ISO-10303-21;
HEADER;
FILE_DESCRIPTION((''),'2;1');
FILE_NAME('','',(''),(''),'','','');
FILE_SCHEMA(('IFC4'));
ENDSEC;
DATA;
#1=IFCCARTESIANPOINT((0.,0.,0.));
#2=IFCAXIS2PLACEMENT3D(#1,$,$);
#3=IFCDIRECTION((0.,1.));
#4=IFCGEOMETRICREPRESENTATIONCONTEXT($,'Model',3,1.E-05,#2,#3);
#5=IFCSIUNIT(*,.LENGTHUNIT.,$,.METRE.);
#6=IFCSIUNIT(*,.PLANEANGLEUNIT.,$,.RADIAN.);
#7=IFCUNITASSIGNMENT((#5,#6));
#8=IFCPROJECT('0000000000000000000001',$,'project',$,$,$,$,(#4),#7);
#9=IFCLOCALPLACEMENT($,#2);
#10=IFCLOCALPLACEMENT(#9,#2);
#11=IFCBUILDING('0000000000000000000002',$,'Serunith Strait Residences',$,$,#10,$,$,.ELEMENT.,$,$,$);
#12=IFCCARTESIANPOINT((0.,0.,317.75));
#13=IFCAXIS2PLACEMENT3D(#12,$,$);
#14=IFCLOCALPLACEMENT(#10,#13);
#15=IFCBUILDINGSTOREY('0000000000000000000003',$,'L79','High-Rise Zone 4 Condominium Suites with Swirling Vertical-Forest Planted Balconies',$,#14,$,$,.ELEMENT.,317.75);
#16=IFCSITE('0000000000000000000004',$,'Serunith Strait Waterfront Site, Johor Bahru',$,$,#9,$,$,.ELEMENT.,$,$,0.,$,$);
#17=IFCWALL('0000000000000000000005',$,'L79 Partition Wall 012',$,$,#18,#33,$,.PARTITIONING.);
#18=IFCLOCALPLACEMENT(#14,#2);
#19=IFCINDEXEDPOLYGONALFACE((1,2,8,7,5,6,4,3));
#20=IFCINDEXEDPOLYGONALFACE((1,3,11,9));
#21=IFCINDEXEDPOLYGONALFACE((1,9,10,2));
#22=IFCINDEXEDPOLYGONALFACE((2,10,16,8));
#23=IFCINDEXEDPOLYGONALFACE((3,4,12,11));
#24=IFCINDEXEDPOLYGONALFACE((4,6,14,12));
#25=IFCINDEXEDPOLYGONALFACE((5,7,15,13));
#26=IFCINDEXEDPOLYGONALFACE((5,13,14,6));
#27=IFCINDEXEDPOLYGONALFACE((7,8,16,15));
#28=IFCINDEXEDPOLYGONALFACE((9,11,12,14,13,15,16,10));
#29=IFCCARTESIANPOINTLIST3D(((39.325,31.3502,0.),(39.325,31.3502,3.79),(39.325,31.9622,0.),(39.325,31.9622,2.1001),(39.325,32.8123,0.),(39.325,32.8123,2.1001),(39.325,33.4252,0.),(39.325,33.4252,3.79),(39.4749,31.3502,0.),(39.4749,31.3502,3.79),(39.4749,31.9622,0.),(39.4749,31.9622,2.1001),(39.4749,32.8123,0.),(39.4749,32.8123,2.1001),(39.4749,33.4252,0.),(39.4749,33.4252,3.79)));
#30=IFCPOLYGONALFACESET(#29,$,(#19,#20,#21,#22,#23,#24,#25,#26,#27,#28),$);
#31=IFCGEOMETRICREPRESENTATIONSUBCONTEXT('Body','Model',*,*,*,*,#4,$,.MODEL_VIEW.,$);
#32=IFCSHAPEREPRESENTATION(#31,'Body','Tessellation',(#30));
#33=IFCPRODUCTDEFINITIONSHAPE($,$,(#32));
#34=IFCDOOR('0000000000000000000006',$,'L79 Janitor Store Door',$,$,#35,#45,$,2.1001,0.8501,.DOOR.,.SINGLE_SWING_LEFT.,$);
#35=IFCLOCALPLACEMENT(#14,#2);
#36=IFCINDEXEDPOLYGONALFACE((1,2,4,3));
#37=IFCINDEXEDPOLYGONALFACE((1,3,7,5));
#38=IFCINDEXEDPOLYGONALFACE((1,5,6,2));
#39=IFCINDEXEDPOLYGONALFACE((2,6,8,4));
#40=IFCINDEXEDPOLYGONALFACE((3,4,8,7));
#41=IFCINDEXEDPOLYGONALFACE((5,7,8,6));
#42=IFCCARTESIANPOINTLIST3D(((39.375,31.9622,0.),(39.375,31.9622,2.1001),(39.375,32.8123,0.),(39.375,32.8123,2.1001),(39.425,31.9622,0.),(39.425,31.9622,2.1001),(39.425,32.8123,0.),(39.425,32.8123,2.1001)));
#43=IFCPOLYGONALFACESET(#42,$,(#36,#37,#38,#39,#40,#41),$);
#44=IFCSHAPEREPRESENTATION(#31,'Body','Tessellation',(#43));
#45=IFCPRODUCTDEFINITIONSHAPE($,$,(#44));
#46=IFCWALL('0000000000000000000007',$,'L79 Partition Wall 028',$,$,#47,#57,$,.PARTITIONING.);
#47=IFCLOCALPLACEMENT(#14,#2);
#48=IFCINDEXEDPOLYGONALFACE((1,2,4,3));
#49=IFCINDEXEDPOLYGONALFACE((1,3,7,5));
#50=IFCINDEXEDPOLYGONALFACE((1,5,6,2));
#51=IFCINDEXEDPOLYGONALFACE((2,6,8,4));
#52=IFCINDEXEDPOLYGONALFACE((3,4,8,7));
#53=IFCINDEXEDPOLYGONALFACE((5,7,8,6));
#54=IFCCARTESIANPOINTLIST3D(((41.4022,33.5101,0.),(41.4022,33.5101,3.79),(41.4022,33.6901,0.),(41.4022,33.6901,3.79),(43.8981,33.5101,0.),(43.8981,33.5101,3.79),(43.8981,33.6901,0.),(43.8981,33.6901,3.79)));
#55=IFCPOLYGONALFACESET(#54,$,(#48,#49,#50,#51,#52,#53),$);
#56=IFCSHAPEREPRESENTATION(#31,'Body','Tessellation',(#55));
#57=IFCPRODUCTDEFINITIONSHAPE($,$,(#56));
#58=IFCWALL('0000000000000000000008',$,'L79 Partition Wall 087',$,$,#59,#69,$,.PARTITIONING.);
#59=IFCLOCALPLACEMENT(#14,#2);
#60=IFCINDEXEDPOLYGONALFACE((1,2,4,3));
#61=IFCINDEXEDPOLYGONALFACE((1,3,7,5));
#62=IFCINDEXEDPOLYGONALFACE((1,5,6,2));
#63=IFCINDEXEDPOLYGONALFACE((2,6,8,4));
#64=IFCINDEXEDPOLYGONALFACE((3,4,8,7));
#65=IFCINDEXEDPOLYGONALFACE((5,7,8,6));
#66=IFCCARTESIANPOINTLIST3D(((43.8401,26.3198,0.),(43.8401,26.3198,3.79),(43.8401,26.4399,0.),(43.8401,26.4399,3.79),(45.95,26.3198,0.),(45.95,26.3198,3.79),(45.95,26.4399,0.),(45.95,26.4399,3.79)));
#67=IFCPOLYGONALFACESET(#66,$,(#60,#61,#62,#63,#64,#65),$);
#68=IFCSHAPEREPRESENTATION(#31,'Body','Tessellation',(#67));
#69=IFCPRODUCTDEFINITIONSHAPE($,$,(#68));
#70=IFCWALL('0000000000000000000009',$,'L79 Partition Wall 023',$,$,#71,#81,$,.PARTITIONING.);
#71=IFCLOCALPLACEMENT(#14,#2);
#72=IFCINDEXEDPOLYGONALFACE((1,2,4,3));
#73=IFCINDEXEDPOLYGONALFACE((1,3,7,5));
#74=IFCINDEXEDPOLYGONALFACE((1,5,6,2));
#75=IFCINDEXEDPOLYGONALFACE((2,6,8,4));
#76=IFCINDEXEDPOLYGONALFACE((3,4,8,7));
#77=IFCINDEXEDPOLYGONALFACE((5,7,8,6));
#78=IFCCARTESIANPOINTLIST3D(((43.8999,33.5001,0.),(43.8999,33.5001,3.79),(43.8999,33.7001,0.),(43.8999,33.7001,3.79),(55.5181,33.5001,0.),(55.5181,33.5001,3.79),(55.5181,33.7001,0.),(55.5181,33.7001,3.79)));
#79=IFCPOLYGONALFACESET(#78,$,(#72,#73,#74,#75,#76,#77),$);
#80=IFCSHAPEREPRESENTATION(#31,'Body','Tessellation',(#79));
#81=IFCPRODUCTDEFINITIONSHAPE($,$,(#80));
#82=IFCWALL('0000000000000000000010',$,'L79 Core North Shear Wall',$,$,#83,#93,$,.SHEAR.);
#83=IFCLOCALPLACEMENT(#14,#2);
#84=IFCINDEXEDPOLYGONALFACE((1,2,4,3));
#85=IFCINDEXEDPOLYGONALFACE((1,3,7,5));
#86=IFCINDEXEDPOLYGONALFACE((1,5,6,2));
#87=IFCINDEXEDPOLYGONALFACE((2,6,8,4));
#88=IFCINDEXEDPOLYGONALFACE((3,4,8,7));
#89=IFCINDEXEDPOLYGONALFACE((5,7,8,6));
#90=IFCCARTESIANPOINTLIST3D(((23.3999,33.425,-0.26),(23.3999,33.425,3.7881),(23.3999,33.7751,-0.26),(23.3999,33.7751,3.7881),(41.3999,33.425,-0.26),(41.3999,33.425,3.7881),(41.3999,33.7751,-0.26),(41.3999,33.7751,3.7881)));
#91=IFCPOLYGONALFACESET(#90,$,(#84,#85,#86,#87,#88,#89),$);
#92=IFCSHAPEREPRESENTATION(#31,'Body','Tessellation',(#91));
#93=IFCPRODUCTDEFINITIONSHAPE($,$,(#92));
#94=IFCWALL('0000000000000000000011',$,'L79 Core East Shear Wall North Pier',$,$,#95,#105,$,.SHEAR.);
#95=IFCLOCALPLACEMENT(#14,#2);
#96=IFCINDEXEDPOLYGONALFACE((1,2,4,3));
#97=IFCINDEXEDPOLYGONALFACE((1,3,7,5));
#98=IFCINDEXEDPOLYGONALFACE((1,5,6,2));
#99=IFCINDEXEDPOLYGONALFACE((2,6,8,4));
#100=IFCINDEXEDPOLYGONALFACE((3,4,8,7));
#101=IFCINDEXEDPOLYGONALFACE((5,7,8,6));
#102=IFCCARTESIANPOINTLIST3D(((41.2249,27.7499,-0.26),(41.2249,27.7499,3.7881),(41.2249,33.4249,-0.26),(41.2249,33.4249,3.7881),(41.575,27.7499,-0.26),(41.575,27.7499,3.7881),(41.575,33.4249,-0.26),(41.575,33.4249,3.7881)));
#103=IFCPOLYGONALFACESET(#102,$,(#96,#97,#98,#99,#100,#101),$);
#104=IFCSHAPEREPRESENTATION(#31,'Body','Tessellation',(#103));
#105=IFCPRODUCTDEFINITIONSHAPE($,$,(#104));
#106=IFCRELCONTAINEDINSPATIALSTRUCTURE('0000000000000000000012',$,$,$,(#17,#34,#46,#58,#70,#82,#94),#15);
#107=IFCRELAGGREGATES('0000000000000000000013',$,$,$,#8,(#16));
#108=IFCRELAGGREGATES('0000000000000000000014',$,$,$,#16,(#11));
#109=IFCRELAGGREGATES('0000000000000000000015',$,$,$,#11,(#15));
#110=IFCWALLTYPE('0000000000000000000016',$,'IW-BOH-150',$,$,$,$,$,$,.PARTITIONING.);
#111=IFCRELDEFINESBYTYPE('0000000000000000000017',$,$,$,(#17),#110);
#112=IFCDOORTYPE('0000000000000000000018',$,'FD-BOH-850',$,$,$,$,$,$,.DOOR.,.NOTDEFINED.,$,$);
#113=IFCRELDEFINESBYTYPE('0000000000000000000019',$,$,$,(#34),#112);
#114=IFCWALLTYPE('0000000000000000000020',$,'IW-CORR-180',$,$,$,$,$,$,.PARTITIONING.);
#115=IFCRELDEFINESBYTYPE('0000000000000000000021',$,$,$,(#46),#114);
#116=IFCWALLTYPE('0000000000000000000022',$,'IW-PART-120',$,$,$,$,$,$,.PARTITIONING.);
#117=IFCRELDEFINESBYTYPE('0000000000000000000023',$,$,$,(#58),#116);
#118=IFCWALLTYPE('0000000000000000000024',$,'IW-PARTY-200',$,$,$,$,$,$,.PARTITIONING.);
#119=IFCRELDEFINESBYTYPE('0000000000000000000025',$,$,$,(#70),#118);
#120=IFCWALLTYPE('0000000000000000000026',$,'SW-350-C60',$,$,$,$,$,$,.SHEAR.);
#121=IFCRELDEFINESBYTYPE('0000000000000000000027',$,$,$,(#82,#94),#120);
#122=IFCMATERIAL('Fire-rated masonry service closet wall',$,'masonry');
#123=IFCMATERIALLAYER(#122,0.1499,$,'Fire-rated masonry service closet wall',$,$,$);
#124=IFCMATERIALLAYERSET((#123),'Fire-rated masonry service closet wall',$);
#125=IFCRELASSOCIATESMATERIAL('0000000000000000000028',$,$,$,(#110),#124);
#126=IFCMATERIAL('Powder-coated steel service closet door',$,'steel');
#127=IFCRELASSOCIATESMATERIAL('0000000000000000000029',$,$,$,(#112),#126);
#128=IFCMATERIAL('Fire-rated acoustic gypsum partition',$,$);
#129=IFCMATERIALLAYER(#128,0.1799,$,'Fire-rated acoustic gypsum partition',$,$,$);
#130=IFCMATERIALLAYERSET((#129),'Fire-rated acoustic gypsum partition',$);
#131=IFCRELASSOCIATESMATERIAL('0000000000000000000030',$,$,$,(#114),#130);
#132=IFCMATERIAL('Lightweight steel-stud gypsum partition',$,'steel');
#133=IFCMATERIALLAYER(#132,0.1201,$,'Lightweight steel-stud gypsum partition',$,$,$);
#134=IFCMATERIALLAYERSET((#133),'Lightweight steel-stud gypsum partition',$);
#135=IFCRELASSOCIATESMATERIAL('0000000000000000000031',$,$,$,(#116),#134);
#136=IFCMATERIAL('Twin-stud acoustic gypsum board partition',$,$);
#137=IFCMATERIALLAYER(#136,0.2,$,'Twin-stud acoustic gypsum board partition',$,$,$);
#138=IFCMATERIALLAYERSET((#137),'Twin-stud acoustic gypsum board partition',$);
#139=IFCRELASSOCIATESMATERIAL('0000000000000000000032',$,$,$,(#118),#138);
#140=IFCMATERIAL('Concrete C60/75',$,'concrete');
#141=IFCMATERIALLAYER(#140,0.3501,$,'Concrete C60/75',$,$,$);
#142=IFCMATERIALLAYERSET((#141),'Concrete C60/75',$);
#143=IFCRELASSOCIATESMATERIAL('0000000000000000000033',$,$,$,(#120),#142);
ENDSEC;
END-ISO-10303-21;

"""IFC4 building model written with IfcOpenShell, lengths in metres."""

from ifc_helpers import new_model, si_unit, direction, frame, frame_2d, origin, place, context, subcontext, project, spatial, rectangle, extrude, source, transform, mapped, material, layer, layer_set, type_object, element, fill, save


model = new_model("IFC4")

# Units and contexts
model_context = context("Model", 3, precision=1e-05, world=origin(), true_north=direction((0.0, 1.0)))
body_context = subcontext(model_context, "Body", "Model", "MODEL_VIEW")
ifc_project = project(units=[si_unit("LENGTHUNIT", "METRE"), si_unit("PLANEANGLEUNIT", "RADIAN")], contexts=[model_context])

# Site, building, storey
site_placement = place(None, origin())
site = spatial("IfcSite", under=ifc_project, at=site_placement, Name="Serunith Strait Waterfront Site, Johor Bahru", CompositionType="ELEMENT", RefElevation=0.0)
building_placement = place(site_placement, origin())
building = spatial("IfcBuilding", under=site, at=building_placement, Name="Serunith Strait Residences", CompositionType="ELEMENT")
storey_placement = place(building_placement, frame((0.0, 0.0, 317.75)))
storey = spatial("IfcBuildingStorey", under=building, at=storey_placement, Name="L79", Description="High-Rise Zone 4 Condominium Suites with Swirling Vertical-Forest Planted Balconies", CompositionType="ELEMENT", Elevation=317.75)

# Wall, opening, door
ifc_material_1 = material(Name="Fire-rated masonry service closet wall", Category="masonry")
ifc_layer_1 = layer(ifc_material_1, 0.1499, Name="Fire-rated masonry service closet wall")
ifc_layer_set_1 = layer_set([ifc_layer_1], Name="Fire-rated masonry service closet wall")
wall_type_1 = type_object("IfcWallType", Name="IW-BOH-150", PredefinedType="PARTITIONING", material=ifc_layer_set_1)
wall_1_placement = place(storey_placement, frame((39.3999, 31.3501, 0.0), z_axis=(0.0, 0.0, 1.0), x_axis=(0.0, 1.0, 0.0)))
wall_1 = element("IfcWall", 1, at=wall_1_placement, inside=storey, type_object=wall_type_1, Name="L79 Partition Wall 012", PredefinedType="PARTITIONING", context=body_context, shape_type="SweptSolid", body=[
    extrude(rectangle(XDim=2.075, YDim=0.1499, at=frame_2d((1.0376, 0.0))), origin(), (0.0, 0.0, 1.0), 3.79),
])
opening_1_placement = place(wall_1_placement, frame((0.6121, 0.0, 0.0)))
opening_1 = element("IfcOpeningElement", 2, at=opening_1_placement, cuts=wall_1, PredefinedType="OPENING", context=body_context, shape_type="SweptSolid", body=[
    extrude(rectangle(XDim=0.8501, YDim=2.1001, at=frame_2d((0.425, 1.05))), frame((0.0, 0.085, 0.0), z_axis=(0.0, -1.0, 0.0), x_axis=(1.0, 0.0, 0.0)), (0.0, 0.0, 1.0), 0.1699),
])
ifc_material_2 = material(Name="Powder-coated steel service closet door", Category="steel")
door_type_1 = type_object("IfcDoorType", Name="FD-BOH-850", OperationType="NOTDEFINED", PredefinedType="DOOR", material=ifc_material_2)
shared_shape_1 = source(origin(), body_context, "Body", "SweptSolid", [
    extrude(rectangle(XDim=0.8501, YDim=2.1001, at=frame_2d((0.425, 1.05))), frame((0.0, 0.0249, 0.0), z_axis=(0.0, -1.0, 0.0), x_axis=(1.0, 0.0, 0.0)), (0.0, 0.0, 1.0), 0.05),
])
door_1_placement = place(opening_1_placement, origin())
door_1 = element("IfcDoor", 3, at=door_1_placement, inside=storey, type_object=door_type_1, Name="L79 Janitor Store Door", OperationType="SINGLE_SWING_LEFT", OverallHeight=2.1001, OverallWidth=0.8501, PredefinedType="DOOR", context=body_context, shape_type="MappedRepresentation", body=[
    mapped(shared_shape_1, transform((0.0, 0.0, 0.0), scale=1.0)),
])
fill(opening_1, door_1)

# Walls
ifc_material_3 = material(Name="Fire-rated acoustic gypsum partition")
ifc_layer_2 = layer(ifc_material_3, 0.1799, Name="Fire-rated acoustic gypsum partition")
ifc_layer_set_2 = layer_set([ifc_layer_2], Name="Fire-rated acoustic gypsum partition")
wall_type_2 = type_object("IfcWallType", Name="IW-CORR-180", PredefinedType="PARTITIONING", material=ifc_layer_set_2)
wall_2_placement = place(storey_placement, frame((41.4021, 33.6001, 0.0), z_axis=(0.0, 0.0, 1.0), x_axis=(1.0, 0.0, 0.0)))
element("IfcWall", 4, at=wall_2_placement, inside=storey, type_object=wall_type_2, Name="L79 Partition Wall 028", PredefinedType="PARTITIONING", context=body_context, shape_type="SweptSolid", body=[
    extrude(rectangle(XDim=2.4958, YDim=0.1799, at=frame_2d((1.248, 0.0))), origin(), (0.0, 0.0, 1.0), 3.79),
])
ifc_material_4 = material(Name="Lightweight steel-stud gypsum partition", Category="steel")
ifc_layer_3 = layer(ifc_material_4, 0.1201, Name="Lightweight steel-stud gypsum partition")
ifc_layer_set_3 = layer_set([ifc_layer_3], Name="Lightweight steel-stud gypsum partition")
wall_type_3 = type_object("IfcWallType", Name="IW-PART-120", PredefinedType="PARTITIONING", material=ifc_layer_set_3)
wall_3_placement = place(storey_placement, frame((45.95, 26.3799, 0.0), z_axis=(0.0, 0.0, 1.0), x_axis=(-1.0, 0.0, 0.0)))
element("IfcWall", 5, at=wall_3_placement, inside=storey, type_object=wall_type_3, Name="L79 Partition Wall 087", PredefinedType="PARTITIONING", context=body_context, shape_type="SweptSolid", body=[
    extrude(rectangle(XDim=2.1099, YDim=0.1201, at=frame_2d((1.0549, 0.0))), origin(), (0.0, 0.0, 1.0), 3.79),
])
ifc_material_5 = material(Name="Twin-stud acoustic gypsum board partition")
ifc_layer_4 = layer(ifc_material_5, 0.2, Name="Twin-stud acoustic gypsum board partition")
ifc_layer_set_4 = layer_set([ifc_layer_4], Name="Twin-stud acoustic gypsum board partition")
wall_type_4 = type_object("IfcWallType", Name="IW-PARTY-200", PredefinedType="PARTITIONING", material=ifc_layer_set_4)
wall_4_placement = place(storey_placement, frame((43.8999, 33.6001, 0.0), z_axis=(0.0, 0.0, 1.0), x_axis=(1.0, 0.0, 0.0)))
element("IfcWall", 6, at=wall_4_placement, inside=storey, type_object=wall_type_4, Name="L79 Partition Wall 023", PredefinedType="PARTITIONING", context=body_context, shape_type="SweptSolid", body=[
    extrude(rectangle(XDim=11.6182, YDim=0.2, at=frame_2d((5.8091, 0.0))), origin(), (0.0, 0.0, 1.0), 3.79),
])

# Walls
ifc_material_6 = material(Name="Concrete C60/75", Category="concrete")
ifc_layer_5 = layer(ifc_material_6, 0.3501, Name="Concrete C60/75")
ifc_layer_set_5 = layer_set([ifc_layer_5], Name="Concrete C60/75")
wall_type_5 = type_object("IfcWallType", Name="SW-350-C60", PredefinedType="SHEAR", material=ifc_layer_set_5)
wall_5_placement = place(storey_placement, frame((41.3999, 33.6001, -0.26), z_axis=(0.0, 0.0, 1.0), x_axis=(-1.0, 0.0, 0.0)))
element("IfcWall", 7, at=wall_5_placement, inside=storey, type_object=wall_type_5, Name="L79 Core North Shear Wall", PredefinedType="SHEAR", context=body_context, shape_type="SweptSolid", body=[
    extrude(rectangle(XDim=18.0, YDim=0.3501, at=frame_2d((9.0, 0.0))), origin(), (0.0, 0.0, 1.0), 4.0481),
])
wall_6_placement = place(storey_placement, frame((41.3999, 27.75, -0.26), z_axis=(0.0, 0.0, 1.0), x_axis=(0.0, 1.0, 0.0)))
element("IfcWall", 8, at=wall_6_placement, inside=storey, type_object=wall_type_5, Name="L79 Core East Shear Wall North Pier", PredefinedType="SHEAR", context=body_context, shape_type="SweptSolid", body=[
    extrude(rectangle(XDim=5.675, YDim=0.3501, at=frame_2d((2.8374, 0.0))), origin(), (0.0, 0.0, 1.0), 4.0481),
])

save(model, "model.ifc")
